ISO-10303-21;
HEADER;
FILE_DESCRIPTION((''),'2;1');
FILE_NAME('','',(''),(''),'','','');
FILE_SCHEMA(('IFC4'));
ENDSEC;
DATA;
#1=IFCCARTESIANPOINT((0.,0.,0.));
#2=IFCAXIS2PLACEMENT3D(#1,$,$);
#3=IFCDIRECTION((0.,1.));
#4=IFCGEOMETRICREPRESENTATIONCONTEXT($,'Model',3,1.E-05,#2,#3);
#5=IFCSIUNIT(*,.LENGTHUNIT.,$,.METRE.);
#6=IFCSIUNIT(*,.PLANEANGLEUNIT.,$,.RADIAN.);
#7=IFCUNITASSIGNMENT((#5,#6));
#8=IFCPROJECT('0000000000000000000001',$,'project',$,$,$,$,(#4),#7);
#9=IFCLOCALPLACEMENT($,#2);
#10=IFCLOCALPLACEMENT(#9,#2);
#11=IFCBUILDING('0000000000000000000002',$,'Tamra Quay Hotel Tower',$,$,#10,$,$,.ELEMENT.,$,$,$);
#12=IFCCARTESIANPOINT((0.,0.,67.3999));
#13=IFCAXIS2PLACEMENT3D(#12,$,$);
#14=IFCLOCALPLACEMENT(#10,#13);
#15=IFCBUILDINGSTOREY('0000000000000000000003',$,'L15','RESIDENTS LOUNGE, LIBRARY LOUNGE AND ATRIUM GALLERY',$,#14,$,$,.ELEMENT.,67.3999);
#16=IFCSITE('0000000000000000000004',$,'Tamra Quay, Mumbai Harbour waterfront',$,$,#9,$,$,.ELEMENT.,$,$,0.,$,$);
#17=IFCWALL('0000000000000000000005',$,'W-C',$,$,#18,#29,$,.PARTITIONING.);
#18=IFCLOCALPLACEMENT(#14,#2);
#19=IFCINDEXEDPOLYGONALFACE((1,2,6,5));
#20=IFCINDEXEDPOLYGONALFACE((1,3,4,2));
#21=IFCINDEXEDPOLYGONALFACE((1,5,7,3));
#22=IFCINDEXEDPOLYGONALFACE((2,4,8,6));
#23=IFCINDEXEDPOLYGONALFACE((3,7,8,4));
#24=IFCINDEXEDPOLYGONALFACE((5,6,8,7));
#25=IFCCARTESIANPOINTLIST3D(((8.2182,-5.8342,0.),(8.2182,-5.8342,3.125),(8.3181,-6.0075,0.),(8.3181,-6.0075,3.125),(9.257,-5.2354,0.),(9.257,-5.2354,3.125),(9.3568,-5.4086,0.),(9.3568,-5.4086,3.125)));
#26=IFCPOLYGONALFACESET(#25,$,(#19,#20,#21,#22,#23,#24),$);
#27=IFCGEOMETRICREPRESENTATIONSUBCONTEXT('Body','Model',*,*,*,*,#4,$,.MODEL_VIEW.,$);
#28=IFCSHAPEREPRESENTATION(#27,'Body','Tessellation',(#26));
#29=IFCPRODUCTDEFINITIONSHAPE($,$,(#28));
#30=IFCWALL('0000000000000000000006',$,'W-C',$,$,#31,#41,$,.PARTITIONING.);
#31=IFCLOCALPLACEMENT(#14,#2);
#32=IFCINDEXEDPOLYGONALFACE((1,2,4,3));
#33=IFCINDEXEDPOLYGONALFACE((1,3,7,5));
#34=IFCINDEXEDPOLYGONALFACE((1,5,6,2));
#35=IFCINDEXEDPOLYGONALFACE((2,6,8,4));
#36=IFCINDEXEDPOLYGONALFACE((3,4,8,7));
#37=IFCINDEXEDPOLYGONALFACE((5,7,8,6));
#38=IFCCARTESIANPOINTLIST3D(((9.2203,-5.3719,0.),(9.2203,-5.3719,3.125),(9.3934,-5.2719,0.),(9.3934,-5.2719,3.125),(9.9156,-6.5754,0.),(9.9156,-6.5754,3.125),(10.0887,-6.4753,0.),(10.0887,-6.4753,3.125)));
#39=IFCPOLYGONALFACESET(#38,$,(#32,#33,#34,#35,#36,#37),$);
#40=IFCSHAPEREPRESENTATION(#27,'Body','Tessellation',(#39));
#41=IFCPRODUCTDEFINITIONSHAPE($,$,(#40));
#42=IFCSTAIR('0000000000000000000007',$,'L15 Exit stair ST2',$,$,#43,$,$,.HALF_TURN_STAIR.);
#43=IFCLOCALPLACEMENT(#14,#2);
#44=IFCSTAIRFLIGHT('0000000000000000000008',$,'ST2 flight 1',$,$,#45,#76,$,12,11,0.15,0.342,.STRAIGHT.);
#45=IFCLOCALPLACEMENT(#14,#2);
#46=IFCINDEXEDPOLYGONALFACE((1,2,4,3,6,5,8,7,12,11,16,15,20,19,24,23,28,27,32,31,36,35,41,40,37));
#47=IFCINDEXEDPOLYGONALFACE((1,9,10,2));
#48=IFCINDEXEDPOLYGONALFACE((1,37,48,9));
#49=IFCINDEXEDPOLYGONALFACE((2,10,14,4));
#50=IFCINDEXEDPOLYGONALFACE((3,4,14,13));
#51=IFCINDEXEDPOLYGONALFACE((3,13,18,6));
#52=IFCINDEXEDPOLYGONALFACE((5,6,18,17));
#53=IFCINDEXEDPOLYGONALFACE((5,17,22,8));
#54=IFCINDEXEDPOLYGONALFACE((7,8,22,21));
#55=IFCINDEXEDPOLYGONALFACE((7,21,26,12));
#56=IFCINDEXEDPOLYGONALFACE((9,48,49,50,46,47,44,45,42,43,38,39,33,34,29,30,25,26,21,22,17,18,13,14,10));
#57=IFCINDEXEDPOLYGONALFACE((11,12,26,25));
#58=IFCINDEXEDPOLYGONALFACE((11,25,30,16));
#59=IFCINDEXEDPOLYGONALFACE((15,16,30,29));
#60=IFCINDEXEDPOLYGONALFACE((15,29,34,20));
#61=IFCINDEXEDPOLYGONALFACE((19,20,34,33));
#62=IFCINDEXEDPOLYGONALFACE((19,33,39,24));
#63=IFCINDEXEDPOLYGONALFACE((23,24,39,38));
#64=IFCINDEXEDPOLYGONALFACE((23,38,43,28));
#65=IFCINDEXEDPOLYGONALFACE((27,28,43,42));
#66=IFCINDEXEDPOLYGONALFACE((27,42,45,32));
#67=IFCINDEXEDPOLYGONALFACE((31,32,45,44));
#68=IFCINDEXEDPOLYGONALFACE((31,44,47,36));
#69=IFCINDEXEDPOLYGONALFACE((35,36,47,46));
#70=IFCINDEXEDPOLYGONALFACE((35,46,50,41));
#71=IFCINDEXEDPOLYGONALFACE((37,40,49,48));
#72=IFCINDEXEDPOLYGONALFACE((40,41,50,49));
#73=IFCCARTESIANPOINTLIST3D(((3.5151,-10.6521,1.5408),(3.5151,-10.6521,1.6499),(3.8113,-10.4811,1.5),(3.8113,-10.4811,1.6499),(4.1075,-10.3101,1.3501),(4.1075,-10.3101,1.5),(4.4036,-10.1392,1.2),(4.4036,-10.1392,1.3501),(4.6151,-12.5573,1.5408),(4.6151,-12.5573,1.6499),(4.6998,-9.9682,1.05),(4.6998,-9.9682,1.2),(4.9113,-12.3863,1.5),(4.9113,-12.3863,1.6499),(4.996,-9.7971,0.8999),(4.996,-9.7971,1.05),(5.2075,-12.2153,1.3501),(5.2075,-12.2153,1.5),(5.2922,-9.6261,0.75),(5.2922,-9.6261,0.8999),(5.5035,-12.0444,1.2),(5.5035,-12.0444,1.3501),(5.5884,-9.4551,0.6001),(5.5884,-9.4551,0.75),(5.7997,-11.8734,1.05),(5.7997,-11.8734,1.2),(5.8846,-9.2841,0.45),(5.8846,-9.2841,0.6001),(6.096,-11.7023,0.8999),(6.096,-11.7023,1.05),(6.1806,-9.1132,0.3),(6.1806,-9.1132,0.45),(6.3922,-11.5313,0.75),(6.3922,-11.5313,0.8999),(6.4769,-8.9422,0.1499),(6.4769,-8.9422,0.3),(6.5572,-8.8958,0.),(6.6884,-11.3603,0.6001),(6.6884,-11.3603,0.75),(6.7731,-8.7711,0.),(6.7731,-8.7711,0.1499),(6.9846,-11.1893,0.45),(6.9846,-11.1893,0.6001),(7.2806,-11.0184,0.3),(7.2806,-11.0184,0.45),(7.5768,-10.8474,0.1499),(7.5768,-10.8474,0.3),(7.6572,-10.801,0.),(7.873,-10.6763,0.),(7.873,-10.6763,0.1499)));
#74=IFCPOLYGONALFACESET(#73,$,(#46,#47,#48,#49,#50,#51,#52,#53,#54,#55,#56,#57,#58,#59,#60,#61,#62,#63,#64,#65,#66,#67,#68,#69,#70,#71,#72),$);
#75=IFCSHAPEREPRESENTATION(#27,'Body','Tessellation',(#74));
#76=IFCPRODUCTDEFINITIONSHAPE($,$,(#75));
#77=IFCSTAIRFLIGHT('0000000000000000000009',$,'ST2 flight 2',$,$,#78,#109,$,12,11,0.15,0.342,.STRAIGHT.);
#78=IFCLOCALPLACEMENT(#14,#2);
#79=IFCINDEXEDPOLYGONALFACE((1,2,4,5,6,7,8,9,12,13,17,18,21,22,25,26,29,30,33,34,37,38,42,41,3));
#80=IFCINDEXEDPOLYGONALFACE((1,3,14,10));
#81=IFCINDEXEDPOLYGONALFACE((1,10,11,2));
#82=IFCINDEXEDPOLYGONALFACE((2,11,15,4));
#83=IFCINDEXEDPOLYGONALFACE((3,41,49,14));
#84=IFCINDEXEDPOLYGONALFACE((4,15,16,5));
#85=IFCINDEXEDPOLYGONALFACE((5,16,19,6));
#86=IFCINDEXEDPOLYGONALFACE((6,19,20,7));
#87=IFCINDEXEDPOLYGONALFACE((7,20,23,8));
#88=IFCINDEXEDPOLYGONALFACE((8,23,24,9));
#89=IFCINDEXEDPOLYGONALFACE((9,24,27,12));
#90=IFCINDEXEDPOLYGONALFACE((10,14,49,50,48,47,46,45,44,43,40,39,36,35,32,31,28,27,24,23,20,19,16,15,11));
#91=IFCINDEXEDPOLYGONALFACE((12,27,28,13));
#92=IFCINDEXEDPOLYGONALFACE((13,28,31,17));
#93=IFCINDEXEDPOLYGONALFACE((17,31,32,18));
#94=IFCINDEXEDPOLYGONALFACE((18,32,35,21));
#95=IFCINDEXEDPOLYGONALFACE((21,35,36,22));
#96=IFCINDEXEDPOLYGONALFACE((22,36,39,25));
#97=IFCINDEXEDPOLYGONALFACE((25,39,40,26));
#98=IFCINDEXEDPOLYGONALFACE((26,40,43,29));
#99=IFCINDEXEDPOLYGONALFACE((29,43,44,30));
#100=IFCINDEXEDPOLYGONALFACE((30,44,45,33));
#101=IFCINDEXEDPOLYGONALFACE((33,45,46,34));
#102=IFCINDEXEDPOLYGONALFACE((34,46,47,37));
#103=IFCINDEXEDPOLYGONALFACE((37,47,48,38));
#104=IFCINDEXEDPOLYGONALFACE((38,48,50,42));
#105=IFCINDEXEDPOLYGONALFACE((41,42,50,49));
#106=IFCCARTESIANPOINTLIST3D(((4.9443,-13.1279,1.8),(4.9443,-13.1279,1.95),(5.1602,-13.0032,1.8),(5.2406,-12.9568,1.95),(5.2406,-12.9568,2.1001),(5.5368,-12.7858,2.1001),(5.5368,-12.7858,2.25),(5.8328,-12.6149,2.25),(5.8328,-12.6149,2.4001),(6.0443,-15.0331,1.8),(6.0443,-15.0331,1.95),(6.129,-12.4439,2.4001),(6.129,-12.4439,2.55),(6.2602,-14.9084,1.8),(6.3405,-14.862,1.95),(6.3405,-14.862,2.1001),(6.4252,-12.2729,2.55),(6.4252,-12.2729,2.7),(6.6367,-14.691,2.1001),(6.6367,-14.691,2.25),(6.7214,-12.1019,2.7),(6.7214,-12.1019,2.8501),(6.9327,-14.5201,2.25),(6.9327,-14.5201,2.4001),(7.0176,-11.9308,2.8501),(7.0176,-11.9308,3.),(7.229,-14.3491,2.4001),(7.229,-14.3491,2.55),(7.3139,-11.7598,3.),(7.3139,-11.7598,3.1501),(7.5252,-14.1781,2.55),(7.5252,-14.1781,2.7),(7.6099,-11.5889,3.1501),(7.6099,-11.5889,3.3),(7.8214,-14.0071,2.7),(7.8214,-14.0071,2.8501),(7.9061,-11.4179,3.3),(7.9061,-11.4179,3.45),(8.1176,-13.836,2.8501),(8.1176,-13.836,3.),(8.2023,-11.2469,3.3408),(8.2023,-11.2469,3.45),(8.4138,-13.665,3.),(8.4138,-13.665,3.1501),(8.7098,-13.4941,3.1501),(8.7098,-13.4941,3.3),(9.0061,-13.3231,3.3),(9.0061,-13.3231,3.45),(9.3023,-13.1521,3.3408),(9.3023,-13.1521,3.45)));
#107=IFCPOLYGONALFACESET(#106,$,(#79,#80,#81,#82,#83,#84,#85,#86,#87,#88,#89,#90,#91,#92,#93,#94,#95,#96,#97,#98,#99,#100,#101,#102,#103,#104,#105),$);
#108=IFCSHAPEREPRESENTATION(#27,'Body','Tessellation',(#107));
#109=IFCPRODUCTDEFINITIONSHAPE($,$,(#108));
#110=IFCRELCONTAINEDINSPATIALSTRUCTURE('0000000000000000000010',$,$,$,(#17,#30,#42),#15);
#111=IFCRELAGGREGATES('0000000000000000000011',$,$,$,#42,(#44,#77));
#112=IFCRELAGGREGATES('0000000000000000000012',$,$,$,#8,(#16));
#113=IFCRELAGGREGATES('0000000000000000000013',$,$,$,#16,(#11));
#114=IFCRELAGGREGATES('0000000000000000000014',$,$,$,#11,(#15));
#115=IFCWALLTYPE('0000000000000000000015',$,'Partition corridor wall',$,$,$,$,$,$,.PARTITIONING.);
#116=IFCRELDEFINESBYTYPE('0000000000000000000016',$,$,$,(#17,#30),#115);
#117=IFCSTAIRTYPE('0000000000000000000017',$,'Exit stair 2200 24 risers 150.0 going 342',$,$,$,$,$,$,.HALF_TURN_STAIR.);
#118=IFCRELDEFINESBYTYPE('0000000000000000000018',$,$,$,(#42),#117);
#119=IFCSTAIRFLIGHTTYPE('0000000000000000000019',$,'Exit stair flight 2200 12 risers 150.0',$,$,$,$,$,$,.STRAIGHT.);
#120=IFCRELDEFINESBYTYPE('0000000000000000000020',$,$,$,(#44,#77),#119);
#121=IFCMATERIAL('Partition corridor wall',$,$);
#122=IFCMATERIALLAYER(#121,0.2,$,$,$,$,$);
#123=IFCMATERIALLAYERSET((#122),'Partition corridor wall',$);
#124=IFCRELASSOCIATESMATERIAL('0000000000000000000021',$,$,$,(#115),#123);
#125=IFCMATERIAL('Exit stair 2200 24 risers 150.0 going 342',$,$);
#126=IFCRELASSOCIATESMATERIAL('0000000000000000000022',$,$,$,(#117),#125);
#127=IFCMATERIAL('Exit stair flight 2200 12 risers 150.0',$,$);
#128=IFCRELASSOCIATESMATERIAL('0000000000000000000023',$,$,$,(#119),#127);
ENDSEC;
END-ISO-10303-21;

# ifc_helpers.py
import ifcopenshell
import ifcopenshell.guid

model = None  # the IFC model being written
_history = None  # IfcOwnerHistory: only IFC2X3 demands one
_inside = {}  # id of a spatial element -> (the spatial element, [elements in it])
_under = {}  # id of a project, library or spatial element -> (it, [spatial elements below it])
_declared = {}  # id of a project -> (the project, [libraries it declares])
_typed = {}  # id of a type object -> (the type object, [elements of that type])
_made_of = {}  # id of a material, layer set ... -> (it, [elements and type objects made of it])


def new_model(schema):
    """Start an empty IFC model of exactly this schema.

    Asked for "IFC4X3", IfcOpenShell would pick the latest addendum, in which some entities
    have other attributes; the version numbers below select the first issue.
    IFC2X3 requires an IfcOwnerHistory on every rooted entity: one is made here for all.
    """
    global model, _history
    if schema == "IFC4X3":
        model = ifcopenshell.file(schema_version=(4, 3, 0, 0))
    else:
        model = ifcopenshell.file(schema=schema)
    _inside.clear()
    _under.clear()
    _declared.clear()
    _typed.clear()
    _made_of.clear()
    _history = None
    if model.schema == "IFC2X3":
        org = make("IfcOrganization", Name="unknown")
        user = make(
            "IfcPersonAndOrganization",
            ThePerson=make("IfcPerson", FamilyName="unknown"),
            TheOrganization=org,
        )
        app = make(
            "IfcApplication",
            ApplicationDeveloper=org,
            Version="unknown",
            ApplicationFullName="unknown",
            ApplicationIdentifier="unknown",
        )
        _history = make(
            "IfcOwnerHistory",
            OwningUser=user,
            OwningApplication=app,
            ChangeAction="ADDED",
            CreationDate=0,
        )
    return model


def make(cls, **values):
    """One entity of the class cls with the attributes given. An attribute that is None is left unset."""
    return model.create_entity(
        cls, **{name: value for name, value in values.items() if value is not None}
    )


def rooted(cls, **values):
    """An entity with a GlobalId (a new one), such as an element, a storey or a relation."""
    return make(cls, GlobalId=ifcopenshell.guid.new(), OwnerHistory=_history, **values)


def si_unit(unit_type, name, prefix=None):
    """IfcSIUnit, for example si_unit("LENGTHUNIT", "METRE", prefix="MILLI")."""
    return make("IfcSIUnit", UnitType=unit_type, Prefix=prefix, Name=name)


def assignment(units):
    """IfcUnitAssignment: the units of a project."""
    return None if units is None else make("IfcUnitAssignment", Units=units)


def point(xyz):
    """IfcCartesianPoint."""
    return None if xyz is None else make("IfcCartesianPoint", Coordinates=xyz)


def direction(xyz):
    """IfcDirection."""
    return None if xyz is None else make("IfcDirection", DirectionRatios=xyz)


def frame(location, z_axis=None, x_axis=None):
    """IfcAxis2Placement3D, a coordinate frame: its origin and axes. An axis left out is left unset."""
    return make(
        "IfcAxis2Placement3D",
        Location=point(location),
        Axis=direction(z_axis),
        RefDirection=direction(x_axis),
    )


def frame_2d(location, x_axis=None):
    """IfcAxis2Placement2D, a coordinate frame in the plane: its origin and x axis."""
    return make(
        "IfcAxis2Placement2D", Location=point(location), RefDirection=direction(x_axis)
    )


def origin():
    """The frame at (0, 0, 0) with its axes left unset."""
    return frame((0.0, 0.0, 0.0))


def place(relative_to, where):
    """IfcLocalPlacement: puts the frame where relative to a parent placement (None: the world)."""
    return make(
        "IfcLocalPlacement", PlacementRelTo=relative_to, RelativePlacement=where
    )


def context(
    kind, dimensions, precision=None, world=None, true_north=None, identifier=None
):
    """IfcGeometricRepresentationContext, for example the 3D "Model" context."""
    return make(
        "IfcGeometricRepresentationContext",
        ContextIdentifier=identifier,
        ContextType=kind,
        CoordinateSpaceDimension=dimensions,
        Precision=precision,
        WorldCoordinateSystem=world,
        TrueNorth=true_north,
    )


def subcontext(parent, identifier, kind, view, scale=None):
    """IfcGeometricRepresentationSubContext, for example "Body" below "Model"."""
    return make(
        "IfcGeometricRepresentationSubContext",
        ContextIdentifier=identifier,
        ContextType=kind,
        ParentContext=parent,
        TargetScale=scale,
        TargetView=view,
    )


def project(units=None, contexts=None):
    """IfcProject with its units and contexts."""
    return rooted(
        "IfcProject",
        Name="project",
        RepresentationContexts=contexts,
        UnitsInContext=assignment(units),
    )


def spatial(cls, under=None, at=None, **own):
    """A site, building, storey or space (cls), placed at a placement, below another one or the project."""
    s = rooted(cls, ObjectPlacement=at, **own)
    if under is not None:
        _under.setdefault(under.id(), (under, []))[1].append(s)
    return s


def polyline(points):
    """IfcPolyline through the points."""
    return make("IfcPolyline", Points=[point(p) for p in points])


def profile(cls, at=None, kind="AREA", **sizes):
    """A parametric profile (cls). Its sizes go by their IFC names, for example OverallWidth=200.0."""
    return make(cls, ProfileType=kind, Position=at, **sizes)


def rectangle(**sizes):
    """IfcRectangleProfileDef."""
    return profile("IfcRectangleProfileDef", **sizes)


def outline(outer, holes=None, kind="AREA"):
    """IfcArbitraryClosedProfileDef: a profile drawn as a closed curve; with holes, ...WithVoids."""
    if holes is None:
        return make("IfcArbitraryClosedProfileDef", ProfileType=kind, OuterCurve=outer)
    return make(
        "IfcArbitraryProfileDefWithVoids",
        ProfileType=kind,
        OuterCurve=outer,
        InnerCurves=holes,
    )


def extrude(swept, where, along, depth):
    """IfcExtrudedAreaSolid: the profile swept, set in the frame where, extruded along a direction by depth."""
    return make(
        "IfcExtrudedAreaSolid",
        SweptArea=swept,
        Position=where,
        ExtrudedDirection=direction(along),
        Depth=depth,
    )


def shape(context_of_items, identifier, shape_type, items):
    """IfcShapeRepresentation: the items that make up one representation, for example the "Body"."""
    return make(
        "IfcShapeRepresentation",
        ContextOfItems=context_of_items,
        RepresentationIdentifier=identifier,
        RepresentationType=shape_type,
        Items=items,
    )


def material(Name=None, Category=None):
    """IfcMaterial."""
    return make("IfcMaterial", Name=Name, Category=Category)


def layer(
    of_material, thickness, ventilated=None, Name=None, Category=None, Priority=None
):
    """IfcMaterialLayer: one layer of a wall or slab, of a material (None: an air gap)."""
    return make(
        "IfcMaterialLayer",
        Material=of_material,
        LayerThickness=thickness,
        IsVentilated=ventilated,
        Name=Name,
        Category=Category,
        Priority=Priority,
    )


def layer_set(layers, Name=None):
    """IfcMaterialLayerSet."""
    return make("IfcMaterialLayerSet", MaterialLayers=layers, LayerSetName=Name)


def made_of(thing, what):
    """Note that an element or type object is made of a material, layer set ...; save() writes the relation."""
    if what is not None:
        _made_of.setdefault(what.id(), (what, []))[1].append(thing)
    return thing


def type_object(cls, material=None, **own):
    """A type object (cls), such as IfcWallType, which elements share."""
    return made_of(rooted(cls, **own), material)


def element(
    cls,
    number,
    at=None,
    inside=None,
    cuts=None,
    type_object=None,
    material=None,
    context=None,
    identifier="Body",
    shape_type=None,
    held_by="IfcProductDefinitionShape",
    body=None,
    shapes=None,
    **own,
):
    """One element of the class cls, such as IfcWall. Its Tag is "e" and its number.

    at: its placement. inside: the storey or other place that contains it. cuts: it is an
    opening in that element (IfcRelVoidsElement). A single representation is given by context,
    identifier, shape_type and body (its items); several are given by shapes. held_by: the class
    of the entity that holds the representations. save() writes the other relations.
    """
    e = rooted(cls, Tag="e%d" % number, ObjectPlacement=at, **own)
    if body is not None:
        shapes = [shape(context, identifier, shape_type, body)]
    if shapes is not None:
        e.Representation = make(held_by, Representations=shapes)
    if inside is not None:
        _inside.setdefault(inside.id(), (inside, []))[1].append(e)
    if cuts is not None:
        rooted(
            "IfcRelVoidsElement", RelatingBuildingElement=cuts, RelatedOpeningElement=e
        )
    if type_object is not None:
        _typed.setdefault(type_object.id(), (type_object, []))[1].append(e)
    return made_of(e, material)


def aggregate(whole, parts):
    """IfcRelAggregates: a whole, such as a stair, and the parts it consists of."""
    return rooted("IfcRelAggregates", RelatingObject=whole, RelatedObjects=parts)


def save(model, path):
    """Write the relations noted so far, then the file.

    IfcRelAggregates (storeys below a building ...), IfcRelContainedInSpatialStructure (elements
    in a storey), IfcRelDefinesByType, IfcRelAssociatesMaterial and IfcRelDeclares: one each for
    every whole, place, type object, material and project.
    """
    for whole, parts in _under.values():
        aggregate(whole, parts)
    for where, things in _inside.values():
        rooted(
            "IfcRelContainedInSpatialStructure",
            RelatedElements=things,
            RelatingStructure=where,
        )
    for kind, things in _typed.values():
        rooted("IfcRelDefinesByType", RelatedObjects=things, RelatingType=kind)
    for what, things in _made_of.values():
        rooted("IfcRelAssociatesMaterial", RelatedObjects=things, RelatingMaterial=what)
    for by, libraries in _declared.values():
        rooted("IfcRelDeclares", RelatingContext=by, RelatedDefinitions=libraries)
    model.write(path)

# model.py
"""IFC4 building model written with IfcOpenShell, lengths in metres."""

from ifc_helpers import new_model, si_unit, direction, frame, frame_2d, origin, place, context, subcontext, project, spatial, polyline, rectangle, outline, extrude, material, layer, layer_set, type_object, element, aggregate, save


model = new_model("IFC4")

# Units and contexts
model_context = context("Model", 3, precision=1e-05, world=origin(), true_north=direction((0.0, 1.0)))
body_context = subcontext(model_context, "Body", "Model", "MODEL_VIEW")
ifc_project = project(units=[si_unit("LENGTHUNIT", "METRE"), si_unit("PLANEANGLEUNIT", "RADIAN")], contexts=[model_context])

# Site, building, storey
site_placement = place(None, origin())
site = spatial("IfcSite", under=ifc_project, at=site_placement, Name="Tamra Quay, Mumbai Harbour waterfront", CompositionType="ELEMENT", RefElevation=0.0)
building_placement = place(site_placement, origin())
building = spatial("IfcBuilding", under=site, at=building_placement, Name="Tamra Quay Hotel Tower", CompositionType="ELEMENT")
storey_placement = place(building_placement, frame((0.0, 0.0, 67.3999)))
storey = spatial("IfcBuildingStorey", under=building, at=storey_placement, Name="L15", Description="RESIDENTS LOUNGE, LIBRARY LOUNGE AND ATRIUM GALLERY", CompositionType="ELEMENT", Elevation=67.3999)

# Shared definitions
ifc_material_1 = material(Name="Partition corridor wall")
ifc_layer_1 = layer(ifc_material_1, 0.2)
ifc_layer_set_1 = layer_set([ifc_layer_1], Name="Partition corridor wall")
wall_type_1 = type_object("IfcWallType", Name="Partition corridor wall", PredefinedType="PARTITIONING", material=ifc_layer_set_1)

# Walls
wall_1_placement = place(storey_placement, frame((8.2681, -5.9209, 0.0), z_axis=(0.0, 0.0, 1.0), x_axis=(0.866345, 0.499446, 0.0)))
element("IfcWall", 1, at=wall_1_placement, inside=storey, type_object=wall_type_1, Name="W-C", PredefinedType="PARTITIONING", context=body_context, shape_type="SweptSolid", body=[
    extrude(rectangle(XDim=1.199, YDim=0.2, at=frame_2d((0.5996, 0.0))), origin(), (0.0, 0.0, 1.0), 3.125),
])
wall_2_placement = place(storey_placement, frame((9.3069, -5.322, 0.0), z_axis=(0.0, 0.0, 1.0), x_axis=(0.500295, -0.865855, 0.0)))
element("IfcWall", 2, at=wall_2_placement, inside=storey, type_object=wall_type_1, Name="W-C", PredefinedType="PARTITIONING", context=body_context, shape_type="SweptSolid", body=[
    extrude(rectangle(XDim=1.3899, YDim=0.2, at=frame_2d((0.6948, 0.0))), origin(), (0.0, 0.0, 1.0), 3.125),
])

# Stair, stair flights
ifc_material_2 = material(Name="Exit stair 2200 24 risers 150.0 going 342")
stair_type = type_object("IfcStairType", Name="Exit stair 2200 24 risers 150.0 going 342", PredefinedType="HALF_TURN_STAIR", material=ifc_material_2)
stair_placement = place(storey_placement, origin())
stair = element("IfcStair", 3, at=stair_placement, inside=storey, type_object=stair_type, Name="L15 Exit stair ST2", PredefinedType="HALF_TURN_STAIR")
ifc_material_3 = material(Name="Exit stair flight 2200 12 risers 150.0")
stair_flight_type = type_object("IfcStairFlightType", Name="Exit stair flight 2200 12 risers 150.0", PredefinedType="STRAIGHT", material=ifc_material_3)
stair_flight_1_placement = place(storey_placement, frame((7.323, -9.7236, 0.0), z_axis=(0.0, 0.0, 1.0), x_axis=(-0.866025, -0.5, 0.0)))
stair_flight_1 = element("IfcStairFlight", 4, at=stair_flight_1_placement, type_object=stair_flight_type, Name="ST2 flight 1", NumberOfRisers=12, NumberOfTreads=11, PredefinedType="STRAIGHT", RiserHeight=0.15, TreadLength=0.342, context=body_context, shape_type="SweptSolid", body=[
    extrude(outline(polyline([(0.0, 0.0), (0.0, 0.1499), (0.342, 0.1499), (0.342, 0.3), (0.6841, 0.3), (0.6841, 0.45), (1.0259, 0.45), (1.0259, 0.6001), (1.3679, 0.6001), (1.3679, 0.75), (1.71, 0.75), (1.71, 0.8999), (2.052, 0.8999), (2.052, 1.05), (2.394, 1.05), (2.394, 1.2), (2.7361, 1.2), (2.7361, 1.3501), (3.0779, 1.3501), (3.0779, 1.5), (3.4199, 1.5), (3.4199, 1.6499), (3.762, 1.6499), (3.762, 1.8), (3.762, 1.5408), (0.2493, 0.0), (0.0, 0.0)])), frame((0.0, 1.1001, 0.0), z_axis=(0.0, -1.0, 0.0), x_axis=(1.0, 0.0, 0.0)), (0.0, 0.0, 1.0), 2.2),
])
stair_flight_2_placement = place(storey_placement, frame((5.4944, -14.0806, 1.8), z_axis=(0.0, 0.0, 1.0), x_axis=(0.866025, 0.5, 0.0)))
stair_flight_2 = element("IfcStairFlight", 5, at=stair_flight_2_placement, type_object=stair_flight_type, Name="ST2 flight 2", NumberOfRisers=12, NumberOfTreads=11, PredefinedType="STRAIGHT", RiserHeight=0.15, TreadLength=0.342, context=body_context, shape_type="SweptSolid", body=[
    extrude(outline(polyline([(0.0, 0.0), (0.0, 0.1499), (0.342, 0.1499), (0.342, 0.3), (0.6841, 0.3), (0.6841, 0.45), (1.0259, 0.45), (1.0259, 0.6001), (1.3679, 0.6001), (1.3679, 0.75), (1.71, 0.75), (1.71, 0.8999), (2.052, 0.8999), (2.052, 1.05), (2.394, 1.05), (2.394, 1.2), (2.7361, 1.2), (2.7361, 1.3501), (3.0779, 1.3501), (3.0779, 1.5), (3.4199, 1.5), (3.4199, 1.6499), (3.762, 1.6499), (3.762, 1.8), (3.762, 1.5408), (0.2493, 0.0), (0.0, 0.0)])), frame((0.0, 1.1001, 0.0), z_axis=(0.0, -1.0, 0.0), x_axis=(1.0, 0.0, 0.0)), (0.0, 0.0, 1.0), 2.2),
])
aggregate(stair, [stair_flight_1, stair_flight_2])

save(model, "model.ifc")
